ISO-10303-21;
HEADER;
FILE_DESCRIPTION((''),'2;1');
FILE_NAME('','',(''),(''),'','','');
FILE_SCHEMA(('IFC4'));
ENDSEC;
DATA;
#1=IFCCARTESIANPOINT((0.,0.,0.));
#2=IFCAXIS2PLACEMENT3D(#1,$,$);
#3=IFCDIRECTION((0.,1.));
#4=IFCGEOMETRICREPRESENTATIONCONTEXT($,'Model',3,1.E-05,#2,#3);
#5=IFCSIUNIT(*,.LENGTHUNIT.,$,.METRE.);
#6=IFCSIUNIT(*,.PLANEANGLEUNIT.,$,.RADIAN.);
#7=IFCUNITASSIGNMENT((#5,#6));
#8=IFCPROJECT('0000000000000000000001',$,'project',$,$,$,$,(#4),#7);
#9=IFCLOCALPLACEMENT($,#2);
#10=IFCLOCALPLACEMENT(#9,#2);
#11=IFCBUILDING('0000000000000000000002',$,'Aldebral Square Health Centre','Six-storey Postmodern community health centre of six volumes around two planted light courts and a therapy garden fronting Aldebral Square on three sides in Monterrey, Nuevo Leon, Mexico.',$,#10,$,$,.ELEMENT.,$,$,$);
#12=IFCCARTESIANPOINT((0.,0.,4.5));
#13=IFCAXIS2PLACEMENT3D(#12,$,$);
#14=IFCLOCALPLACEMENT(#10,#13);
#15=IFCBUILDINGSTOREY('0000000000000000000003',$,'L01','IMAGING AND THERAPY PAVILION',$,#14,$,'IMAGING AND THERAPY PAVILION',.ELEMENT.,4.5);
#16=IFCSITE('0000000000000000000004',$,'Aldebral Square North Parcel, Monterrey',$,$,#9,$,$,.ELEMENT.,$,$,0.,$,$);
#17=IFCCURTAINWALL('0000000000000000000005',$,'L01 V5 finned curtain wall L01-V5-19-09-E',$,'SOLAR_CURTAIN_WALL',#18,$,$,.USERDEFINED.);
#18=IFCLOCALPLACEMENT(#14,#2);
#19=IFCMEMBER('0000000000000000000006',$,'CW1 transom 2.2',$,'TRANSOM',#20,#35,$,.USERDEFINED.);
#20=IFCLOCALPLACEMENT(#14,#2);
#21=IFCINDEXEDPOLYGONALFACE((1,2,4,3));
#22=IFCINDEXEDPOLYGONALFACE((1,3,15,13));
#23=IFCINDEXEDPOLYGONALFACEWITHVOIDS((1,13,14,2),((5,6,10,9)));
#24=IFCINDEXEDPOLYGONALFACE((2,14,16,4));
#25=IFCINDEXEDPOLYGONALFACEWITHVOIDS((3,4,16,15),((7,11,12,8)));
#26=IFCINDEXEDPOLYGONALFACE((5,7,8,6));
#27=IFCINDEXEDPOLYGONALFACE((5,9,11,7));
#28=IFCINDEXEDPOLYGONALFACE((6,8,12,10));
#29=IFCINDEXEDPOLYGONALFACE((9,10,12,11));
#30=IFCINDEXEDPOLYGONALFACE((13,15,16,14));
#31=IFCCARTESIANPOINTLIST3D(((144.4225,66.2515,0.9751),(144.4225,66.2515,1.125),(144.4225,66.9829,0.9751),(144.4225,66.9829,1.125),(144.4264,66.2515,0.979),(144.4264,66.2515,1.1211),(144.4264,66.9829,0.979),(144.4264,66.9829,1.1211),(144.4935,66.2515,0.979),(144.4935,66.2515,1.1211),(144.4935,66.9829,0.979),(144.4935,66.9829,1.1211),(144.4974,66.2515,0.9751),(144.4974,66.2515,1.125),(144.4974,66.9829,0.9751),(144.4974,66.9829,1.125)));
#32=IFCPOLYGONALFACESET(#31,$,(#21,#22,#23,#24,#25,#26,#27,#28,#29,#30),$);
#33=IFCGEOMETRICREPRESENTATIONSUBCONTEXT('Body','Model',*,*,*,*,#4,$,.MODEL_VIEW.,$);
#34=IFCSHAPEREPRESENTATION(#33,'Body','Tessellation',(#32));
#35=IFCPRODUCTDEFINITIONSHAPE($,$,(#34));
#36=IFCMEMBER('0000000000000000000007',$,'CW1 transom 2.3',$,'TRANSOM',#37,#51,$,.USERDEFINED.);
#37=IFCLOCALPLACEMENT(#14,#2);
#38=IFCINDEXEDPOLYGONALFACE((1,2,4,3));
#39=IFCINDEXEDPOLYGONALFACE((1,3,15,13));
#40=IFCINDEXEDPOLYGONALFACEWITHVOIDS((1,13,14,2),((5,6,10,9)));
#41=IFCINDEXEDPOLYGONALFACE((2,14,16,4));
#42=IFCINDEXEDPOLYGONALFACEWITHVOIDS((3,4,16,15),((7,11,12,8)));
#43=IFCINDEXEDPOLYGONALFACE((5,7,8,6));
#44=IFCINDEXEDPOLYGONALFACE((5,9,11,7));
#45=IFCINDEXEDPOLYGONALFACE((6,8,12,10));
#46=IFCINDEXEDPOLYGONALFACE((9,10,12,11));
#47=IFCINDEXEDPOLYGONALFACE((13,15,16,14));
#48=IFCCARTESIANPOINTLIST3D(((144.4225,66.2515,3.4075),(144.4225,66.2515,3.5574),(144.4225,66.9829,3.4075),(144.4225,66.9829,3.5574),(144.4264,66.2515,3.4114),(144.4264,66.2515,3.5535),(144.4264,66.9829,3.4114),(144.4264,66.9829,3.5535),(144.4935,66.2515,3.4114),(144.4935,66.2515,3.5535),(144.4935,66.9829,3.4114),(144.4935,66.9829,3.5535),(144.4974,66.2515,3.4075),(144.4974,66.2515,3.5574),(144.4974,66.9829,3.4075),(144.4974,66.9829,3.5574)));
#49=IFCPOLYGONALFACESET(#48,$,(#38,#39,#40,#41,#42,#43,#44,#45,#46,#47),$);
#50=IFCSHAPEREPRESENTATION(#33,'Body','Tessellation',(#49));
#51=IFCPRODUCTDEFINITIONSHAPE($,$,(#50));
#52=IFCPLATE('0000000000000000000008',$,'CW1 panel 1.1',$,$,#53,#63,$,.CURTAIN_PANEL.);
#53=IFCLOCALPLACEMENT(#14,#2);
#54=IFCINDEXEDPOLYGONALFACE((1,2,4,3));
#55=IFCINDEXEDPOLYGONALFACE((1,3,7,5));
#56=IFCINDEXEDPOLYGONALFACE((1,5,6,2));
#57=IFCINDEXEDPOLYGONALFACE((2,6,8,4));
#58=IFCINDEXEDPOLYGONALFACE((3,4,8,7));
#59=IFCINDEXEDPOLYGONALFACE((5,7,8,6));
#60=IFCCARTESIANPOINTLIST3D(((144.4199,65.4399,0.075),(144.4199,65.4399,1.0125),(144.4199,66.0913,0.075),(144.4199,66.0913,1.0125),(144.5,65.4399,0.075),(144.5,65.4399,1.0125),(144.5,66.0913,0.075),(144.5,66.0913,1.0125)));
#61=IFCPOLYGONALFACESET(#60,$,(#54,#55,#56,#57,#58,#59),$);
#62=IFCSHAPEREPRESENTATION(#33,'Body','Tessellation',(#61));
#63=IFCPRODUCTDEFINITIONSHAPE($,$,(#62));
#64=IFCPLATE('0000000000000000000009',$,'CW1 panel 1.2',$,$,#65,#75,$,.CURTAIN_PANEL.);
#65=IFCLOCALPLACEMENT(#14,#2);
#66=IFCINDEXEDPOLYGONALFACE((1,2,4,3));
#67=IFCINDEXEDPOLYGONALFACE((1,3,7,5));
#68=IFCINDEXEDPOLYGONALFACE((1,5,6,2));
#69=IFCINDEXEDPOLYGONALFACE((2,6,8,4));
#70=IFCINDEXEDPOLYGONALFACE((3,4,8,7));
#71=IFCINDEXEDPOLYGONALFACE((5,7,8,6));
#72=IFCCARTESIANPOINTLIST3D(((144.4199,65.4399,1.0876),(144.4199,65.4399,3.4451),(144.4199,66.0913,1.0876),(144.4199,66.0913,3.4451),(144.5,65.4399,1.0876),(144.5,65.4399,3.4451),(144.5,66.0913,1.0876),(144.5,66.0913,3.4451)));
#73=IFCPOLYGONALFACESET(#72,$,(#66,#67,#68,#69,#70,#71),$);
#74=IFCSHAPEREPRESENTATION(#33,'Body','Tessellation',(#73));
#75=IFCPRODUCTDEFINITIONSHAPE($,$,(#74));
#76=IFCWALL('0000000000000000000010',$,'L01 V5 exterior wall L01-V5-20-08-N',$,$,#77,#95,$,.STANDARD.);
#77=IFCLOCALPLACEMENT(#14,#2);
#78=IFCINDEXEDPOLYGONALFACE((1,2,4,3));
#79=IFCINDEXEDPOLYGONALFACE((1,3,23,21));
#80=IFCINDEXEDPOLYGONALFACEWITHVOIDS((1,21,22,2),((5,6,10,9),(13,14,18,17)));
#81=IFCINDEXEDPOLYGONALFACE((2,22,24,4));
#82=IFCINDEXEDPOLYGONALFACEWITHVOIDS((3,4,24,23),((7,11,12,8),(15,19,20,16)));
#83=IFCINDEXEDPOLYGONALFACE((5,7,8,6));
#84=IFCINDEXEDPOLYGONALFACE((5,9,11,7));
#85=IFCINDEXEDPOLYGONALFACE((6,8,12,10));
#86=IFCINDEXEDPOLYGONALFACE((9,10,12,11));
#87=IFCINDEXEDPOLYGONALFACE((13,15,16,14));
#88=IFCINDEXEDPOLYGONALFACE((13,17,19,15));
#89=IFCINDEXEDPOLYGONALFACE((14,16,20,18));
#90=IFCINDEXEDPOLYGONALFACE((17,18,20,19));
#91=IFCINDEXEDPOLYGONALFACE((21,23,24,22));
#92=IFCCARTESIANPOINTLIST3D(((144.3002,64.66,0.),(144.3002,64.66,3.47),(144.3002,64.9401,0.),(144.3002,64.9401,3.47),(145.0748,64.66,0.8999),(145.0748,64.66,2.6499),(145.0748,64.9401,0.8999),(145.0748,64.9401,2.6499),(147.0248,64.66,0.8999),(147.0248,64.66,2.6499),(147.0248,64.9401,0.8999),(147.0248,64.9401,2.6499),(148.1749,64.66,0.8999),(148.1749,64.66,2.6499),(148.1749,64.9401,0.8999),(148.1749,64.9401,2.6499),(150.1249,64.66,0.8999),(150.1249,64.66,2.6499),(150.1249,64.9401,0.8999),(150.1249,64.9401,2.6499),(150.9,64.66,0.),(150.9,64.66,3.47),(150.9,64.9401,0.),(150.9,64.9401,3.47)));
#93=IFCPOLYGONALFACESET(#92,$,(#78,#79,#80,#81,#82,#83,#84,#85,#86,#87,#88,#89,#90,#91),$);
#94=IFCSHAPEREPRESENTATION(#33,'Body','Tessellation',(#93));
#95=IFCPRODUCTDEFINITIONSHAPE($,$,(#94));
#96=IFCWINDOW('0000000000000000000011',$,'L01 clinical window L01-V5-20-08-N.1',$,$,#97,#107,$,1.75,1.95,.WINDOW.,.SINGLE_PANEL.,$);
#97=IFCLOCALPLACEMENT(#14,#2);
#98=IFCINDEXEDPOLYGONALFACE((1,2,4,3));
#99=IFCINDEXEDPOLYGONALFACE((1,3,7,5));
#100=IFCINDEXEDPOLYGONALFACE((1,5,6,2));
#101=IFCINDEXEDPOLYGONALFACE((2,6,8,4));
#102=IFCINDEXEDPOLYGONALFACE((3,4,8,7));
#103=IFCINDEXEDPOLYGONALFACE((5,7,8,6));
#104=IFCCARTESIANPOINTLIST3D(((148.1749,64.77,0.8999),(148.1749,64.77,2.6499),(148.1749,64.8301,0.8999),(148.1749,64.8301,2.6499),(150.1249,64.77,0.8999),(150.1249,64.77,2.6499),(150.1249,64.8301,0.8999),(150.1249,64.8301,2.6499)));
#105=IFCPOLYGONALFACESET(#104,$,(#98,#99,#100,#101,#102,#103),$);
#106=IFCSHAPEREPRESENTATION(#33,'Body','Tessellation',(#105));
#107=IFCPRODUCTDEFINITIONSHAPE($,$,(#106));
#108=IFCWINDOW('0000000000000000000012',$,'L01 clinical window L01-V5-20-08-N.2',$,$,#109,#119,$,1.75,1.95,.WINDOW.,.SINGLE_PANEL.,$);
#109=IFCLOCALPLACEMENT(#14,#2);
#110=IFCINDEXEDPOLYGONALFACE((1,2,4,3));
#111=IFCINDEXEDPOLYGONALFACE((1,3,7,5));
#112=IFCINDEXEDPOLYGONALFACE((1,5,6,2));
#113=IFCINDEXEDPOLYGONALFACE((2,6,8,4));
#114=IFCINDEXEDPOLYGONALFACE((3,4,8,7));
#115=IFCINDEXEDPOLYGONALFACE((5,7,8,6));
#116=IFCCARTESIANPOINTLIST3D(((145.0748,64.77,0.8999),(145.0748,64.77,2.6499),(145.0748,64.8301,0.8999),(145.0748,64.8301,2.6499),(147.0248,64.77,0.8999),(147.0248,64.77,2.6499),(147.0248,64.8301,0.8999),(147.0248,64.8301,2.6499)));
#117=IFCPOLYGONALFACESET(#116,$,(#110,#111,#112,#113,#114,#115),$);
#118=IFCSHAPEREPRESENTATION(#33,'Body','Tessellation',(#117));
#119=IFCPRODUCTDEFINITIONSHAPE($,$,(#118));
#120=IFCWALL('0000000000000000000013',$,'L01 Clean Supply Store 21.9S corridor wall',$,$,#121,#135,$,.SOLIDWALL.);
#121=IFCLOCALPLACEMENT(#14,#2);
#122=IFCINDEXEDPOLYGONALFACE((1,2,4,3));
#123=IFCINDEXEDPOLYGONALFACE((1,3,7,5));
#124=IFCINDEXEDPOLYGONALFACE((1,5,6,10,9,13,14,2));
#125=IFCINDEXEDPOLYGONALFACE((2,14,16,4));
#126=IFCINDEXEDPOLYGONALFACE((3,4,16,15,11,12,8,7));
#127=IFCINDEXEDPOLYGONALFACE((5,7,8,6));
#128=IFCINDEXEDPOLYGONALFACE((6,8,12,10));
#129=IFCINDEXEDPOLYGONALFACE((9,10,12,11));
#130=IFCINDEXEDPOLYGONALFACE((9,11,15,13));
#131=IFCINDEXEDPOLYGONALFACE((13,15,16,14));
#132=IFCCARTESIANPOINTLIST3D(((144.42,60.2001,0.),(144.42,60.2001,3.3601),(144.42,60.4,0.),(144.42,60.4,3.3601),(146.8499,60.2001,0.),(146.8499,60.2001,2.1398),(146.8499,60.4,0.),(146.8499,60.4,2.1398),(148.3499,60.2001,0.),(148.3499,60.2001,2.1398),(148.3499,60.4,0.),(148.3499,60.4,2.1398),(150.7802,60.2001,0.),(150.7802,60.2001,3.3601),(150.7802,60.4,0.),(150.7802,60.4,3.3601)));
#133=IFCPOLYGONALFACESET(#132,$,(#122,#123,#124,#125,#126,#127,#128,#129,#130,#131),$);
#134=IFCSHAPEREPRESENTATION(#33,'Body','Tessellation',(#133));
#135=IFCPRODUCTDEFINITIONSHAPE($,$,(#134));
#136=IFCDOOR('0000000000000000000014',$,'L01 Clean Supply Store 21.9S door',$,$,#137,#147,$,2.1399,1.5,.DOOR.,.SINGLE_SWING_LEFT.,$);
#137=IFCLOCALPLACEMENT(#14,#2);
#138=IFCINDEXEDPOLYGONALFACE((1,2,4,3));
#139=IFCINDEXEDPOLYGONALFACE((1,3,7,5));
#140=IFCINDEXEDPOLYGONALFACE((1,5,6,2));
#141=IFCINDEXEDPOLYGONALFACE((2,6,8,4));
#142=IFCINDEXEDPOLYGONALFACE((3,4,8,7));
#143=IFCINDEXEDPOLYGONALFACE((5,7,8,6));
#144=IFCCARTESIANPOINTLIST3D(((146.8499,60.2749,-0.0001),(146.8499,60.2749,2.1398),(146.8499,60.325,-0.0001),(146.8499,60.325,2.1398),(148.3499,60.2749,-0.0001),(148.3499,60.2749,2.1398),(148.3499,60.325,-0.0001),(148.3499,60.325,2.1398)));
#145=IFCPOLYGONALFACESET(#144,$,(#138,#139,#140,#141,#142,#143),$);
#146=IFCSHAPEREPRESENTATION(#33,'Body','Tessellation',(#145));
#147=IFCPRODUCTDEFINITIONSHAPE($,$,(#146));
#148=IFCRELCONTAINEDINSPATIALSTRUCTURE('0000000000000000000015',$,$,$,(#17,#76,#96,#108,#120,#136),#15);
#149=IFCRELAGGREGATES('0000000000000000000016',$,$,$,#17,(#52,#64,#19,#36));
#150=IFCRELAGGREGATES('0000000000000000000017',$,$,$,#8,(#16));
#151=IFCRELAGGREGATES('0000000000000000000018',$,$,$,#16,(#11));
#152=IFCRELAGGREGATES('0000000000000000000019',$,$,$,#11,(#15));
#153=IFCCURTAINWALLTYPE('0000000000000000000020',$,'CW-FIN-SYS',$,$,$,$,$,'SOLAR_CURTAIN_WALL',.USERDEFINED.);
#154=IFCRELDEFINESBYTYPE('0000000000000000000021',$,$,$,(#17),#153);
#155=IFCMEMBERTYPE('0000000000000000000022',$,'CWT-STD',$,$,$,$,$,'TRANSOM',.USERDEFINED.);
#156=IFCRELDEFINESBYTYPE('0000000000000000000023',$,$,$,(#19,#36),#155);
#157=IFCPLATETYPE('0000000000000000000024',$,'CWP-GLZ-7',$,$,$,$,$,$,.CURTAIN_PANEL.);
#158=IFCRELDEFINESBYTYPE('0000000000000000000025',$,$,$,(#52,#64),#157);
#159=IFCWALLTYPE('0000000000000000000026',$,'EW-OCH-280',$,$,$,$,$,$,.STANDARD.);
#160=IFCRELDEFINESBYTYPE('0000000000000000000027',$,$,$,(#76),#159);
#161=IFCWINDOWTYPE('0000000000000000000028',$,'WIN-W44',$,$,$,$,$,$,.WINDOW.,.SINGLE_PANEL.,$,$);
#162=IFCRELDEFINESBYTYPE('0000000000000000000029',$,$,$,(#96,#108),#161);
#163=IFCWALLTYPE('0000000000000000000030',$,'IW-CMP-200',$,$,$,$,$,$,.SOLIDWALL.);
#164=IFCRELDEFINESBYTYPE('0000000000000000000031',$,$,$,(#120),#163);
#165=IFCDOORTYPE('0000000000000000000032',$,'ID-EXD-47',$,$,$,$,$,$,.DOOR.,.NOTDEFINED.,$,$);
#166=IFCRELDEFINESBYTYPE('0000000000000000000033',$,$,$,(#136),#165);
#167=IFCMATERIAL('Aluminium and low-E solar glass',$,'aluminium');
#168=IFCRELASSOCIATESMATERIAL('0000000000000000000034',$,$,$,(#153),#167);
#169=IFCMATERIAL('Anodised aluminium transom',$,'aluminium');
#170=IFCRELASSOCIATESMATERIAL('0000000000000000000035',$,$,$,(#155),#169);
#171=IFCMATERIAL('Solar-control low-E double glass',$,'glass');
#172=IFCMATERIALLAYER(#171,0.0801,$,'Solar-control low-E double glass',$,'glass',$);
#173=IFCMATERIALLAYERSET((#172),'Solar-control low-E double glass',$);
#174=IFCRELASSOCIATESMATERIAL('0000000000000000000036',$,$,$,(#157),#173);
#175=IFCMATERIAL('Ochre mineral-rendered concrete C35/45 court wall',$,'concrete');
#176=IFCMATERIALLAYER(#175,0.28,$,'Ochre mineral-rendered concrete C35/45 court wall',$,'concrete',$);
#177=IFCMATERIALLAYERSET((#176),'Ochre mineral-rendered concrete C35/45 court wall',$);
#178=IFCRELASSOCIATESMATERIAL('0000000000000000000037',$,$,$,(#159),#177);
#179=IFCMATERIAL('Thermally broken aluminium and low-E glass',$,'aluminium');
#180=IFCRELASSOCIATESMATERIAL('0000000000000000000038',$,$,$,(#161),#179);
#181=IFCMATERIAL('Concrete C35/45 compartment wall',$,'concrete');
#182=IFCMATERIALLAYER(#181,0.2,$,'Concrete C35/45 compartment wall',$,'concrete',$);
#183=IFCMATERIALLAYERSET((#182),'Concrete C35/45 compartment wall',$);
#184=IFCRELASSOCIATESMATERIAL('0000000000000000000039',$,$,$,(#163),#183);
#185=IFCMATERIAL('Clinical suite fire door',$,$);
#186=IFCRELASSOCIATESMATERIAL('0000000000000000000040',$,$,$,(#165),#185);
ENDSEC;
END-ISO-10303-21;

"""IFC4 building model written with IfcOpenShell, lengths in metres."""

from ifc_helpers import new_model, si_unit, direction, frame, frame_2d, origin, origin_2d, place, context, subcontext, project, spatial, rectangle, hollow_rectangle, extrude, material, layer, layer_set, material_profile, profile_set, type_object, element, fill, aggregate, save


model = new_model("IFC4")

# Units and contexts
model_context = context("Model", 3, precision=1e-05, world=origin(), true_north=direction((0.0, 1.0)))
body_context = subcontext(model_context, "Body", "Model", "MODEL_VIEW")
ifc_project = project(units=[si_unit("LENGTHUNIT", "METRE"), si_unit("PLANEANGLEUNIT", "RADIAN")], contexts=[model_context])

# Site, building, storey
site_placement = place(None, origin())
site = spatial("IfcSite", under=ifc_project, at=site_placement, Name="Aldebral Square North Parcel, Monterrey", CompositionType="ELEMENT", RefElevation=0.0)
building_placement = place(site_placement, origin())
building = spatial("IfcBuilding", under=site, at=building_placement, Name="Aldebral Square Health Centre", Description="Six-storey Postmodern community health centre of six volumes around two planted light courts and a therapy garden fronting Aldebral Square on three sides in Monterrey, Nuevo Leon, Mexico.", CompositionType="ELEMENT")
storey_placement = place(building_placement, frame((0.0, 0.0, 4.5)))
storey = spatial("IfcBuildingStorey", under=building, at=storey_placement, Name="L01", Description="IMAGING AND THERAPY PAVILION", LongName="IMAGING AND THERAPY PAVILION", CompositionType="ELEMENT", Elevation=4.5)

# Curtain wall, members, plates
ifc_material_1 = material(Name="Aluminium and low-E solar glass", Category="aluminium")
curtain_wall_type = type_object("IfcCurtainWallType", Name="CW-FIN-SYS", ElementType="SOLAR_CURTAIN_WALL", PredefinedType="USERDEFINED", material=ifc_material_1)
curtain_wall_placement = place(storey_placement, origin())
curtain_wall = element("IfcCurtainWall", 1, at=curtain_wall_placement, inside=storey, type_object=curtain_wall_type, Name="L01 V5 finned curtain wall L01-V5-19-09-E", ObjectType="SOLAR_CURTAIN_WALL", PredefinedType="USERDEFINED")
ifc_material_2 = material(Name="Anodised aluminium transom", Category="aluminium")
ifc_material_profile_1 = material_profile(ifc_material_2, hollow_rectangle(XDim=0.075, YDim=0.1499, WallThickness=0.0039, at=origin_2d()), Name="CWT 75x150x4")
ifc_profile_set_1 = profile_set([ifc_material_profile_1], Name="Anodised aluminium transom")
member_type_1 = type_object("IfcMemberType", Name="CWT-STD", ElementType="TRANSOM", PredefinedType="USERDEFINED", material=ifc_profile_set_1)
member_1_placement = place(storey_placement, frame((144.46, 66.2515, 1.05), z_axis=(0.0, 1.0, 0.0), x_axis=(-1.0, 0.0, 0.0)))
member_1 = element("IfcMember", 2, at=member_1_placement, type_object=member_type_1, Name="CW1 transom 2.2", ObjectType="TRANSOM", PredefinedType="USERDEFINED", context=body_context, shape_type="SweptSolid", body=[
    extrude(hollow_rectangle(XDim=0.075, YDim=0.1499, WallThickness=0.0039, at=origin_2d()), origin(), (0.0, 0.0, 1.0), 0.7314),
])
member_2_placement = place(storey_placement, frame((144.46, 66.2515, 3.4824), z_axis=(0.0, 1.0, 0.0), x_axis=(-1.0, 0.0, 0.0)))
member_2 = element("IfcMember", 3, at=member_2_placement, type_object=member_type_1, Name="CW1 transom 2.3", ObjectType="TRANSOM", PredefinedType="USERDEFINED", context=body_context, shape_type="SweptSolid", body=[
    extrude(hollow_rectangle(XDim=0.075, YDim=0.1499, WallThickness=0.0039, at=origin_2d()), origin(), (0.0, 0.0, 1.0), 0.7314),
])
ifc_material_3 = material(Name="Solar-control low-E double glass", Category="glass")
ifc_layer_1 = layer(ifc_material_3, 0.0801, Name="Solar-control low-E double glass", Category="glass")
ifc_layer_set_1 = layer_set([ifc_layer_1], Name="Solar-control low-E double glass")
plate_type = type_object("IfcPlateType", Name="CWP-GLZ-7", PredefinedType="CURTAIN_PANEL", material=ifc_layer_set_1)
plate_1_placement = place(storey_placement, frame((144.46, 65.7656, 0.075), z_axis=(0.0, 0.0, 1.0), x_axis=(0.0, 1.0, 0.0)))
plate_1 = element("IfcPlate", 4, at=plate_1_placement, type_object=plate_type, Name="CW1 panel 1.1", PredefinedType="CURTAIN_PANEL", context=body_context, shape_type="SweptSolid", body=[
    extrude(rectangle(XDim=0.6514, YDim=0.0801, at=origin_2d()), origin(), (0.0, 0.0, 1.0), 0.9375),
])
plate_2_placement = place(storey_placement, frame((144.46, 65.7656, 1.0876), z_axis=(0.0, 0.0, 1.0), x_axis=(0.0, 1.0, 0.0)))
plate_2 = element("IfcPlate", 5, at=plate_2_placement, type_object=plate_type, Name="CW1 panel 1.2", PredefinedType="CURTAIN_PANEL", context=body_context, shape_type="SweptSolid", body=[
    extrude(rectangle(XDim=0.6514, YDim=0.0801, at=origin_2d()), origin(), (0.0, 0.0, 1.0), 2.3574),
])
aggregate(curtain_wall, [plate_1, plate_2, member_1, member_2])

# Wall, openings, windows
ifc_material_4 = material(Name="Ochre mineral-rendered concrete C35/45 court wall", Category="concrete")
ifc_layer_2 = layer(ifc_material_4, 0.28, Name="Ochre mineral-rendered concrete C35/45 court wall", Category="concrete")
ifc_layer_set_2 = layer_set([ifc_layer_2], Name="Ochre mineral-rendered concrete C35/45 court wall")
wall_type_1 = type_object("IfcWallType", Name="EW-OCH-280", PredefinedType="STANDARD", material=ifc_layer_set_2)
wall_1_placement = place(storey_placement, frame((150.8999, 64.8, 0.0), z_axis=(0.0, 0.0, 1.0), x_axis=(-1.0, 0.0, 0.0)))
wall_1 = element("IfcWall", 6, at=wall_1_placement, inside=storey, type_object=wall_type_1, Name="L01 V5 exterior wall L01-V5-20-08-N", PredefinedType="STANDARD", context=body_context, shape_type="SweptSolid", body=[
    extrude(rectangle(XDim=6.5999, YDim=0.28, at=frame_2d((3.2998, 0.0))), origin(), (0.0, 0.0, 1.0), 3.47),
])
opening_1_placement = place(wall_1_placement, frame((0.7749, 0.0, 0.8999)))
opening_1 = element("IfcOpeningElement", 7, at=opening_1_placement, cuts=wall_1, PredefinedType="OPENING", context=body_context, shape_type="SweptSolid", body=[
    extrude(rectangle(XDim=1.95, YDim=1.75, at=frame_2d((0.9751, 0.875))), frame((0.0, 0.1499, 0.0), z_axis=(0.0, -1.0, 0.0), x_axis=(1.0, 0.0, 0.0)), (0.0, 0.0, 1.0), 0.3),
])
opening_2_placement = place(wall_1_placement, frame((3.875, 0.0, 0.8999)))
opening_2 = element("IfcOpeningElement", 8, at=opening_2_placement, cuts=wall_1, PredefinedType="OPENING", context=body_context, shape_type="SweptSolid", body=[
    extrude(rectangle(XDim=1.95, YDim=1.75, at=frame_2d((0.9751, 0.875))), frame((0.0, 0.1499, 0.0), z_axis=(0.0, -1.0, 0.0), x_axis=(1.0, 0.0, 0.0)), (0.0, 0.0, 1.0), 0.3),
])
ifc_material_5 = material(Name="Thermally broken aluminium and low-E glass", Category="aluminium")
window_type = type_object("IfcWindowType", Name="WIN-W44", PartitioningType="SINGLE_PANEL", PredefinedType="WINDOW", material=ifc_material_5)
window_1_placement = place(opening_1_placement, origin())
window_1 = element("IfcWindow", 9, at=window_1_placement, inside=storey, type_object=window_type, Name="L01 clinical window L01-V5-20-08-N.1", OverallHeight=1.75, OverallWidth=1.95, PartitioningType="SINGLE_PANEL", PredefinedType="WINDOW", context=body_context, shape_type="SweptSolid", body=[
    extrude(rectangle(XDim=1.95, YDim=1.75, at=frame_2d((0.9751, 0.875))), frame((0.0, 0.03, 0.0), z_axis=(0.0, -1.0, 0.0), x_axis=(1.0, 0.0, 0.0)), (0.0, 0.0, 1.0), 0.0601),
])
fill(opening_1, window_1)
window_2_placement = place(opening_2_placement, origin())
window_2 = element("IfcWindow", 10, at=window_2_placement, inside=storey, type_object=window_type, Name="L01 clinical window L01-V5-20-08-N.2", OverallHeight=1.75, OverallWidth=1.95, PartitioningType="SINGLE_PANEL", PredefinedType="WINDOW", context=body_context, shape_type="SweptSolid", body=[
    extrude(rectangle(XDim=1.95, YDim=1.75, at=frame_2d((0.9751, 0.875))), frame((0.0, 0.03, 0.0), z_axis=(0.0, -1.0, 0.0), x_axis=(1.0, 0.0, 0.0)), (0.0, 0.0, 1.0), 0.0601),
])
fill(opening_2, window_2)

# Wall, opening, door
ifc_material_6 = material(Name="Concrete C35/45 compartment wall", Category="concrete")
ifc_layer_3 = layer(ifc_material_6, 0.2, Name="Concrete C35/45 compartment wall", Category="concrete")
ifc_layer_set_3 = layer_set([ifc_layer_3], Name="Concrete C35/45 compartment wall")
wall_type_2 = type_object("IfcWallType", Name="IW-CMP-200", PredefinedType="SOLIDWALL", material=ifc_layer_set_3)
wall_2_placement = place(storey_placement, frame((144.4199, 60.3, 0.0), z_axis=(0.0, 0.0, 1.0), x_axis=(1.0, 0.0, 0.0)))
wall_2 = element("IfcWall", 11, at=wall_2_placement, inside=storey, type_object=wall_type_2, Name="L01 Clean Supply Store 21.9S corridor wall", PredefinedType="SOLIDWALL", context=body_context, shape_type="SweptSolid", body=[
    extrude(rectangle(XDim=6.3601, YDim=0.2, at=frame_2d((3.1802, 0.0))), origin(), (0.0, 0.0, 1.0), 3.3601),
])
opening_3_placement = place(wall_2_placement, frame((2.4299, 0.0, 0.0)))
opening_3 = element("IfcOpeningElement", 12, at=opening_3_placement, cuts=wall_2, PredefinedType="OPENING", context=body_context, shape_type="SweptSolid", body=[
    extrude(rectangle(XDim=1.5, YDim=2.1399, at=frame_2d((0.75, 1.0698))), frame((0.0, 0.1099, 0.0), z_axis=(0.0, -1.0, 0.0), x_axis=(1.0, 0.0, 0.0)), (0.0, 0.0, 1.0), 0.22),
])
ifc_material_7 = material(Name="Clinical suite fire door")
door_type_1 = type_object("IfcDoorType", Name="ID-EXD-47", OperationType="NOTDEFINED", PredefinedType="DOOR", material=ifc_material_7)
door_1_placement = place(opening_3_placement, origin())
door_1 = element("IfcDoor", 13, at=door_1_placement, inside=storey, type_object=door_type_1, Name="L01 Clean Supply Store 21.9S door", OperationType="SINGLE_SWING_LEFT", OverallHeight=2.1399, OverallWidth=1.5, PredefinedType="DOOR", context=body_context, shape_type="SweptSolid", body=[
    extrude(rectangle(XDim=1.5, YDim=2.1399, at=frame_2d((0.75, 1.0698))), frame((0.0, 0.0249, 0.0), z_axis=(0.0, -1.0, 0.0), x_axis=(1.0, 0.0, 0.0)), (0.0, 0.0, 1.0), 0.05),
])
fill(opening_3, door_1)

save(model, "model.ifc")
